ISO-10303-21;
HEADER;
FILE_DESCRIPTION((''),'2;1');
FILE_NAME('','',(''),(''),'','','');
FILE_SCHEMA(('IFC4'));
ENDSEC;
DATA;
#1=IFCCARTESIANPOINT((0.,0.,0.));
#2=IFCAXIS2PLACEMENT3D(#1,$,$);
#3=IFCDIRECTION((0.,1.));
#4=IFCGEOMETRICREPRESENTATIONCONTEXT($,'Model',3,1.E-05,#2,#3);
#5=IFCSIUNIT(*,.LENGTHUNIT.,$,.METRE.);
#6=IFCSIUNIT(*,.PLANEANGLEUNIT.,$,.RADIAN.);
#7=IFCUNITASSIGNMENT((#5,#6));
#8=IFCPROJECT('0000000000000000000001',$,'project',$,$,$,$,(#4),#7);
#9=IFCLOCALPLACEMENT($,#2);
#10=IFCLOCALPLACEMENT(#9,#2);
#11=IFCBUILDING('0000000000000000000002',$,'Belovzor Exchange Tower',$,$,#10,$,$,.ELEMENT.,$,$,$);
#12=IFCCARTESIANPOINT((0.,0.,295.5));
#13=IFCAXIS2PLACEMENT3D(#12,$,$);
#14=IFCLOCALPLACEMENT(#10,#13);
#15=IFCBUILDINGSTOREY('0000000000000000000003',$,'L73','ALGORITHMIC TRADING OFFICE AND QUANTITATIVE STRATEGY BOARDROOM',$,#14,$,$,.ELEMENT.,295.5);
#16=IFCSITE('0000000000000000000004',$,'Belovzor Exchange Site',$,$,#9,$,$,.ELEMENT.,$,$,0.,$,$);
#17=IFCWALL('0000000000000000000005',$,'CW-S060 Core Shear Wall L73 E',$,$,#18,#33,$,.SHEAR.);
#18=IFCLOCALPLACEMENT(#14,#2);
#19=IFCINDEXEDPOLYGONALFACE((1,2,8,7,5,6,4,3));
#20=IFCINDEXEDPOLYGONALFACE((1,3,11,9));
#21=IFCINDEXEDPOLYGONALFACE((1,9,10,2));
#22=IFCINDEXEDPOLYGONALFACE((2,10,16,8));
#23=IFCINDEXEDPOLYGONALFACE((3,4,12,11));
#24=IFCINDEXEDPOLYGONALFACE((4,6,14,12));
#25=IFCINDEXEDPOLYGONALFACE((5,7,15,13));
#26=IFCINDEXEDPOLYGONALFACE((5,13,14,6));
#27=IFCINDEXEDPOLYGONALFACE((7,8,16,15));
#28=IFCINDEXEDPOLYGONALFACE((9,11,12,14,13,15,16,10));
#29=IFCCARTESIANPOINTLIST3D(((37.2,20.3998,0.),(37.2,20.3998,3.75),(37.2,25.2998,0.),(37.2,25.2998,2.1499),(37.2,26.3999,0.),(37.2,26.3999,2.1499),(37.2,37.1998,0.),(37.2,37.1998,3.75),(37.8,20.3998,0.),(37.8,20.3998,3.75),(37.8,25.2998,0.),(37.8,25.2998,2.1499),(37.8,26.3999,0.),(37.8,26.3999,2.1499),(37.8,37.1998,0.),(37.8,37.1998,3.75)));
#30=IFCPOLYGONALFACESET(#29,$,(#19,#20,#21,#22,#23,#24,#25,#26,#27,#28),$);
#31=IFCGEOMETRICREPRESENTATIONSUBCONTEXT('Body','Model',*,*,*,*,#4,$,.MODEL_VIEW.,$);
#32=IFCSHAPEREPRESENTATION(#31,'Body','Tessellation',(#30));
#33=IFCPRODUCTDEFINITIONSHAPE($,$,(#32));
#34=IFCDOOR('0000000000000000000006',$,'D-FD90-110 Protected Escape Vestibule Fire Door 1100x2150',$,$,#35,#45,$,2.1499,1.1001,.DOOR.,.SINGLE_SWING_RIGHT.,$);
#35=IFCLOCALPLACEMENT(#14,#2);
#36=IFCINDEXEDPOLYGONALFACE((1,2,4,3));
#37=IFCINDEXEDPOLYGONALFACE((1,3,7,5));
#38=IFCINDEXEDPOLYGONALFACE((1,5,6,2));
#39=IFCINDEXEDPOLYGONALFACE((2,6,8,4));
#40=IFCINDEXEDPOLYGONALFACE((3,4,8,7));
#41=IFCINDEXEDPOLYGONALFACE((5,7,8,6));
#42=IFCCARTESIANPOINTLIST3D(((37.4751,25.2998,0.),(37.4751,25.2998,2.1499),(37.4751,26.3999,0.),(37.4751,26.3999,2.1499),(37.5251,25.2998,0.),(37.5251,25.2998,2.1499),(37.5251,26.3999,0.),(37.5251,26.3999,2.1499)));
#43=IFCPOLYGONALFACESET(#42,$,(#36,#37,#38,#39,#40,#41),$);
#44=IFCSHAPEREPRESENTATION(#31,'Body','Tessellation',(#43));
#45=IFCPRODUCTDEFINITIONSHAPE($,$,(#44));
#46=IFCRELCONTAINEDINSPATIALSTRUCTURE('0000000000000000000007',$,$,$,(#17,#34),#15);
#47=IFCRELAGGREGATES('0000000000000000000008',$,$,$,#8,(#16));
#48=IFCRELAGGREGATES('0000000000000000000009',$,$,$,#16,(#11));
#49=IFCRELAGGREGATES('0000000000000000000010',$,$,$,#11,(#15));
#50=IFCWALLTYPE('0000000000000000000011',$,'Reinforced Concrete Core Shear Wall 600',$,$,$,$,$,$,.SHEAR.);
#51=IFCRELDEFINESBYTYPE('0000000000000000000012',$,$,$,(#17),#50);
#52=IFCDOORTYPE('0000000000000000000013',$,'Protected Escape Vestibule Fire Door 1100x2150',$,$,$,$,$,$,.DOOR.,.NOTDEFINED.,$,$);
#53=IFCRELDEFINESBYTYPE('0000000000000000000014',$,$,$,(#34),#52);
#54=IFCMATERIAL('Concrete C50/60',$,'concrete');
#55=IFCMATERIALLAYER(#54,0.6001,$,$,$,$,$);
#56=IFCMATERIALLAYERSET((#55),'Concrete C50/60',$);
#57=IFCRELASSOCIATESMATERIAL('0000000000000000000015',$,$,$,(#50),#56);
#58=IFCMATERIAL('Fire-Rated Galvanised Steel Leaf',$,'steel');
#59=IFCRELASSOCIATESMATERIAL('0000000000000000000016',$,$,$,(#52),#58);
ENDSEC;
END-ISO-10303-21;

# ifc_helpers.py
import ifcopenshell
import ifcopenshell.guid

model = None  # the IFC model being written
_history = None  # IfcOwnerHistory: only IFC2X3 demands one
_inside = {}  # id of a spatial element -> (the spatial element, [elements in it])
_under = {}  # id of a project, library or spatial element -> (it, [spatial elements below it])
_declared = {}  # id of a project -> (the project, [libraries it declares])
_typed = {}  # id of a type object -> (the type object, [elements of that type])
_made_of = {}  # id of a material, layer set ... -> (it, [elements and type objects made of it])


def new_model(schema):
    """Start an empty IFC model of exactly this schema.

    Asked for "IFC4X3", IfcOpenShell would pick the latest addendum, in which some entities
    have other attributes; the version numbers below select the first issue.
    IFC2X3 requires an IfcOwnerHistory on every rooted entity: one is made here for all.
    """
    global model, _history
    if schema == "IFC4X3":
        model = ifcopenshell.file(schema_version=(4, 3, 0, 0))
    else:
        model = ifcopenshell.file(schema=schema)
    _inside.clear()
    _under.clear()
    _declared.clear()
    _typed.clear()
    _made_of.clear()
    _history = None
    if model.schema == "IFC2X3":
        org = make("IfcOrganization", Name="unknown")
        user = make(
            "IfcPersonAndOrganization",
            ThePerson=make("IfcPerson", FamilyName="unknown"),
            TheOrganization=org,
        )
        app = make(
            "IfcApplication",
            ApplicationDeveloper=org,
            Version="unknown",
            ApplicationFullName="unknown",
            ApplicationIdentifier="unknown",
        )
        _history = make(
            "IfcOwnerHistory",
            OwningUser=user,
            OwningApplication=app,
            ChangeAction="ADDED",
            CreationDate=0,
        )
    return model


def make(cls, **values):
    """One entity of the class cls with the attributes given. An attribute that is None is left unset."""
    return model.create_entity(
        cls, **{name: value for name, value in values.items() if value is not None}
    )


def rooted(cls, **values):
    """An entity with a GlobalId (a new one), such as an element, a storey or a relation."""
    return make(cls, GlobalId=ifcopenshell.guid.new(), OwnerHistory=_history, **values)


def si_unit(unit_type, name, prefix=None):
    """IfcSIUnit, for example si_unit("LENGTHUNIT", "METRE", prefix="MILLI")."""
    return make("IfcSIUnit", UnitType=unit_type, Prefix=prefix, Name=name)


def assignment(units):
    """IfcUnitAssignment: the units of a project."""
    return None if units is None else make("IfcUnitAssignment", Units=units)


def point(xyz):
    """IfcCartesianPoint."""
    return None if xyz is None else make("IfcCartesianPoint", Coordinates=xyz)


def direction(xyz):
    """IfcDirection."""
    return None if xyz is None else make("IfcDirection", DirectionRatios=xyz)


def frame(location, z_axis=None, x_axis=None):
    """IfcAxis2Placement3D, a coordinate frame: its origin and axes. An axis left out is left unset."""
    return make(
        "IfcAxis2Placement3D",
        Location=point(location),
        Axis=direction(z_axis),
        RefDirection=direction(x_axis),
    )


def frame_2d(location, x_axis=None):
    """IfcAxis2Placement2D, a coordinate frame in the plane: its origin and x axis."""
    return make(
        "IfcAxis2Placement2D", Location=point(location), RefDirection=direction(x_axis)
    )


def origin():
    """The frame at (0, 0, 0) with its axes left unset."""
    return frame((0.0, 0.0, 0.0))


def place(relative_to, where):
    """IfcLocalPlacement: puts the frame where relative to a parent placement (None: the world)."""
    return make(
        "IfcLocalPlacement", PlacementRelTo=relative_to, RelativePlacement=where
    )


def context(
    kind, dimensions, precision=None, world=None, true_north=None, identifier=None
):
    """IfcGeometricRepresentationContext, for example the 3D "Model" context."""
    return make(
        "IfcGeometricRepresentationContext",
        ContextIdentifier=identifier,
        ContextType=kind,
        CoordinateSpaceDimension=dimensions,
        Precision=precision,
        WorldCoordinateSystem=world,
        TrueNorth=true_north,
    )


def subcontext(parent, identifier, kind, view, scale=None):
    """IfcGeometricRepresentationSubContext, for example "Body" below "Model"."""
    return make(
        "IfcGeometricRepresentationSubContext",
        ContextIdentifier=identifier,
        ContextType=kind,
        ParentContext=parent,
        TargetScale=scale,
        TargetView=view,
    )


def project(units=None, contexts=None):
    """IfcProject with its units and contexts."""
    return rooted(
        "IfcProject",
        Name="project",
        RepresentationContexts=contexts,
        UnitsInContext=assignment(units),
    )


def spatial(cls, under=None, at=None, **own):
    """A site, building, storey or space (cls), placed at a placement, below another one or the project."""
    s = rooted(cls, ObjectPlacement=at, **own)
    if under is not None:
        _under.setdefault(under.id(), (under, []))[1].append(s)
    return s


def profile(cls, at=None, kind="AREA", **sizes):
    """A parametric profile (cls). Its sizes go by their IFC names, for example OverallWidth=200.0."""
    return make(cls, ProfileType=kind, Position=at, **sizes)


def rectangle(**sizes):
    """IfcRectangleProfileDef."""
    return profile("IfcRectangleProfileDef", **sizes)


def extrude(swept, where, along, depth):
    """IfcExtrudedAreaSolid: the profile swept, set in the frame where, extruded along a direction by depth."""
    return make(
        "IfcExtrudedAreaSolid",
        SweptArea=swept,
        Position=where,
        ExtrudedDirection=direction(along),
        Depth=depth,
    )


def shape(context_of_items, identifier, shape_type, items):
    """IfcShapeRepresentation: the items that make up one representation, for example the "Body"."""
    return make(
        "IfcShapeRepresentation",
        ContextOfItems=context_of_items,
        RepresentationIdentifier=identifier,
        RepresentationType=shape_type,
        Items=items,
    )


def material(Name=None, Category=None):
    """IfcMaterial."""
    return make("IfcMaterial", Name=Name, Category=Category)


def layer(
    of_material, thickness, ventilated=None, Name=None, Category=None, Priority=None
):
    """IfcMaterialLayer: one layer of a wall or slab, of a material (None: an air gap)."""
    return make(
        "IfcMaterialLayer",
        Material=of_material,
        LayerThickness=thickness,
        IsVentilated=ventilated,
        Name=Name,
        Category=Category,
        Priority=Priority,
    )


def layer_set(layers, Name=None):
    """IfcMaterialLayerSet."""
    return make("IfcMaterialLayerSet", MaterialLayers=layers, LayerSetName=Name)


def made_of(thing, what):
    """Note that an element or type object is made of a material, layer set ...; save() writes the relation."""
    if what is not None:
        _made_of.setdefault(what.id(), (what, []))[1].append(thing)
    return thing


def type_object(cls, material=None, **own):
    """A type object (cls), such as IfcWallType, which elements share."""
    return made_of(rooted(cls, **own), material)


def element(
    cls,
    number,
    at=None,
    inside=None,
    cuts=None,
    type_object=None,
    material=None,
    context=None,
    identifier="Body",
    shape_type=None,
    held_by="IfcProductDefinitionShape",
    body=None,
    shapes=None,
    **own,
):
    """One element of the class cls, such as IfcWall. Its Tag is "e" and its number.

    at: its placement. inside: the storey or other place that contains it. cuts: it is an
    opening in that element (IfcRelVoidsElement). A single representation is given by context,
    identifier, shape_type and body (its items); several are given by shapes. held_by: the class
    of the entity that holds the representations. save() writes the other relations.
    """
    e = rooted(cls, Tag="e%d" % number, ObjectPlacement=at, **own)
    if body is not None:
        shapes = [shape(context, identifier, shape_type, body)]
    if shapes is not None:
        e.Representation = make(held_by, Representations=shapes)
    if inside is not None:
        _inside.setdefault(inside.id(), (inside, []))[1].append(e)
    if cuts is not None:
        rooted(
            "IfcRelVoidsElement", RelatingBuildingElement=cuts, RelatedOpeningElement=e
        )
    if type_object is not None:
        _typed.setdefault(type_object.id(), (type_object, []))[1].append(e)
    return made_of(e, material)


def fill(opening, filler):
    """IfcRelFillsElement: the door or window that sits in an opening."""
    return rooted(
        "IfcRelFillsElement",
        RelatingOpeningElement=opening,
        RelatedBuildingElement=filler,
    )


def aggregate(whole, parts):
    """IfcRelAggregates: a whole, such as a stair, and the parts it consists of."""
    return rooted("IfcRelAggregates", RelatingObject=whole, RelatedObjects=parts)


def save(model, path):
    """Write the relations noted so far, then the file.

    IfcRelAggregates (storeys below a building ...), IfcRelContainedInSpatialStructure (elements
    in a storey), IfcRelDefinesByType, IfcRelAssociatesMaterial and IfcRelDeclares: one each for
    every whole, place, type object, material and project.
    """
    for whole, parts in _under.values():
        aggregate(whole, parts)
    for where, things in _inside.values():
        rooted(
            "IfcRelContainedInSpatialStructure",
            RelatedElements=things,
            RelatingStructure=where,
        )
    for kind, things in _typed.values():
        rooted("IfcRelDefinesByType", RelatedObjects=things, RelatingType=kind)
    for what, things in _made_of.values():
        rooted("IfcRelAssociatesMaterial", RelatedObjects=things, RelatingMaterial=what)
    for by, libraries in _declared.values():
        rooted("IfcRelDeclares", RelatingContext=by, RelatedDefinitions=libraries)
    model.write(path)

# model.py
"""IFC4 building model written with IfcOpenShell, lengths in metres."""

from ifc_helpers import new_model, si_unit, direction, frame, frame_2d, origin, place, context, subcontext, project, spatial, rectangle, extrude, material, layer, layer_set, type_object, element, fill, save


model = new_model("IFC4")

# Units and contexts
model_context = context("Model", 3, precision=1e-05, world=origin(), true_north=direction((0.0, 1.0)))
body_context = subcontext(model_context, "Body", "Model", "MODEL_VIEW")
ifc_project = project(units=[si_unit("LENGTHUNIT", "METRE"), si_unit("PLANEANGLEUNIT", "RADIAN")], contexts=[model_context])

# Site, building, storey
site_placement = place(None, origin())
site = spatial("IfcSite", under=ifc_project, at=site_placement, Name="Belovzor Exchange Site", CompositionType="ELEMENT", RefElevation=0.0)
building_placement = place(site_placement, origin())
building = spatial("IfcBuilding", under=site, at=building_placement, Name="Belovzor Exchange Tower", CompositionType="ELEMENT")
storey_placement = place(building_placement, frame((0.0, 0.0, 295.5)))
storey = spatial("IfcBuildingStorey", under=building, at=storey_placement, Name="L73", Description="ALGORITHMIC TRADING OFFICE AND QUANTITATIVE STRATEGY BOARDROOM", CompositionType="ELEMENT", Elevation=295.5)

# Wall, opening, door
ifc_material_1 = material(Name="Concrete C50/60", Category="concrete")
ifc_layer_1 = layer(ifc_material_1, 0.6001)
ifc_layer_set_1 = layer_set([ifc_layer_1], Name="Concrete C50/60")
wall_type_1 = type_object("IfcWallType", Name="Reinforced Concrete Core Shear Wall 600", PredefinedType="SHEAR", material=ifc_layer_set_1)
wall_1_placement = place(storey_placement, frame((37.5, 20.3999, 0.0), z_axis=(0.0, 0.0, 1.0), x_axis=(0.0, 1.0, 0.0)))
wall_1 = element("IfcWall", 1, at=wall_1_placement, inside=storey, type_object=wall_type_1, Name="CW-S060 Core Shear Wall L73 E", PredefinedType="SHEAR", context=body_context, shape_type="SweptSolid", body=[
    extrude(rectangle(XDim=16.8, YDim=0.6001, at=frame_2d((8.3999, 0.0))), origin(), (0.0, 0.0, 1.0), 3.75),
])
opening_1_placement = place(wall_1_placement, frame((4.8999, 0.0, 0.0)))
opening_1 = element("IfcOpeningElement", 2, at=opening_1_placement, cuts=wall_1, PredefinedType="OPENING", context=body_context, shape_type="SweptSolid", body=[
    extrude(rectangle(XDim=1.1001, YDim=2.1499, at=frame_2d((0.55, 1.075))), frame((0.0, 0.3101, 0.0), z_axis=(0.0, -1.0, 0.0), x_axis=(1.0, 0.0, 0.0)), (0.0, 0.0, 1.0), 0.6201),
])
ifc_material_2 = material(Name="Fire-Rated Galvanised Steel Leaf", Category="steel")
door_type_1 = type_object("IfcDoorType", Name="Protected Escape Vestibule Fire Door 1100x2150", OperationType="NOTDEFINED", PredefinedType="DOOR", material=ifc_material_2)
door_1_placement = place(opening_1_placement, origin())
door_1 = element("IfcDoor", 3, at=door_1_placement, inside=storey, type_object=door_type_1, Name="D-FD90-110 Protected Escape Vestibule Fire Door 1100x2150", OperationType="SINGLE_SWING_RIGHT", OverallHeight=2.1499, OverallWidth=1.1001, PredefinedType="DOOR", context=body_context, shape_type="SweptSolid", body=[
    extrude(rectangle(XDim=1.1001, YDim=2.1499, at=frame_2d((0.55, 1.075))), frame((0.0, 0.0249, 0.0), z_axis=(0.0, -1.0, 0.0), x_axis=(1.0, 0.0, 0.0)), (0.0, 0.0, 1.0), 0.05),
])
fill(opening_1, door_1)

save(model, "model.ifc")
